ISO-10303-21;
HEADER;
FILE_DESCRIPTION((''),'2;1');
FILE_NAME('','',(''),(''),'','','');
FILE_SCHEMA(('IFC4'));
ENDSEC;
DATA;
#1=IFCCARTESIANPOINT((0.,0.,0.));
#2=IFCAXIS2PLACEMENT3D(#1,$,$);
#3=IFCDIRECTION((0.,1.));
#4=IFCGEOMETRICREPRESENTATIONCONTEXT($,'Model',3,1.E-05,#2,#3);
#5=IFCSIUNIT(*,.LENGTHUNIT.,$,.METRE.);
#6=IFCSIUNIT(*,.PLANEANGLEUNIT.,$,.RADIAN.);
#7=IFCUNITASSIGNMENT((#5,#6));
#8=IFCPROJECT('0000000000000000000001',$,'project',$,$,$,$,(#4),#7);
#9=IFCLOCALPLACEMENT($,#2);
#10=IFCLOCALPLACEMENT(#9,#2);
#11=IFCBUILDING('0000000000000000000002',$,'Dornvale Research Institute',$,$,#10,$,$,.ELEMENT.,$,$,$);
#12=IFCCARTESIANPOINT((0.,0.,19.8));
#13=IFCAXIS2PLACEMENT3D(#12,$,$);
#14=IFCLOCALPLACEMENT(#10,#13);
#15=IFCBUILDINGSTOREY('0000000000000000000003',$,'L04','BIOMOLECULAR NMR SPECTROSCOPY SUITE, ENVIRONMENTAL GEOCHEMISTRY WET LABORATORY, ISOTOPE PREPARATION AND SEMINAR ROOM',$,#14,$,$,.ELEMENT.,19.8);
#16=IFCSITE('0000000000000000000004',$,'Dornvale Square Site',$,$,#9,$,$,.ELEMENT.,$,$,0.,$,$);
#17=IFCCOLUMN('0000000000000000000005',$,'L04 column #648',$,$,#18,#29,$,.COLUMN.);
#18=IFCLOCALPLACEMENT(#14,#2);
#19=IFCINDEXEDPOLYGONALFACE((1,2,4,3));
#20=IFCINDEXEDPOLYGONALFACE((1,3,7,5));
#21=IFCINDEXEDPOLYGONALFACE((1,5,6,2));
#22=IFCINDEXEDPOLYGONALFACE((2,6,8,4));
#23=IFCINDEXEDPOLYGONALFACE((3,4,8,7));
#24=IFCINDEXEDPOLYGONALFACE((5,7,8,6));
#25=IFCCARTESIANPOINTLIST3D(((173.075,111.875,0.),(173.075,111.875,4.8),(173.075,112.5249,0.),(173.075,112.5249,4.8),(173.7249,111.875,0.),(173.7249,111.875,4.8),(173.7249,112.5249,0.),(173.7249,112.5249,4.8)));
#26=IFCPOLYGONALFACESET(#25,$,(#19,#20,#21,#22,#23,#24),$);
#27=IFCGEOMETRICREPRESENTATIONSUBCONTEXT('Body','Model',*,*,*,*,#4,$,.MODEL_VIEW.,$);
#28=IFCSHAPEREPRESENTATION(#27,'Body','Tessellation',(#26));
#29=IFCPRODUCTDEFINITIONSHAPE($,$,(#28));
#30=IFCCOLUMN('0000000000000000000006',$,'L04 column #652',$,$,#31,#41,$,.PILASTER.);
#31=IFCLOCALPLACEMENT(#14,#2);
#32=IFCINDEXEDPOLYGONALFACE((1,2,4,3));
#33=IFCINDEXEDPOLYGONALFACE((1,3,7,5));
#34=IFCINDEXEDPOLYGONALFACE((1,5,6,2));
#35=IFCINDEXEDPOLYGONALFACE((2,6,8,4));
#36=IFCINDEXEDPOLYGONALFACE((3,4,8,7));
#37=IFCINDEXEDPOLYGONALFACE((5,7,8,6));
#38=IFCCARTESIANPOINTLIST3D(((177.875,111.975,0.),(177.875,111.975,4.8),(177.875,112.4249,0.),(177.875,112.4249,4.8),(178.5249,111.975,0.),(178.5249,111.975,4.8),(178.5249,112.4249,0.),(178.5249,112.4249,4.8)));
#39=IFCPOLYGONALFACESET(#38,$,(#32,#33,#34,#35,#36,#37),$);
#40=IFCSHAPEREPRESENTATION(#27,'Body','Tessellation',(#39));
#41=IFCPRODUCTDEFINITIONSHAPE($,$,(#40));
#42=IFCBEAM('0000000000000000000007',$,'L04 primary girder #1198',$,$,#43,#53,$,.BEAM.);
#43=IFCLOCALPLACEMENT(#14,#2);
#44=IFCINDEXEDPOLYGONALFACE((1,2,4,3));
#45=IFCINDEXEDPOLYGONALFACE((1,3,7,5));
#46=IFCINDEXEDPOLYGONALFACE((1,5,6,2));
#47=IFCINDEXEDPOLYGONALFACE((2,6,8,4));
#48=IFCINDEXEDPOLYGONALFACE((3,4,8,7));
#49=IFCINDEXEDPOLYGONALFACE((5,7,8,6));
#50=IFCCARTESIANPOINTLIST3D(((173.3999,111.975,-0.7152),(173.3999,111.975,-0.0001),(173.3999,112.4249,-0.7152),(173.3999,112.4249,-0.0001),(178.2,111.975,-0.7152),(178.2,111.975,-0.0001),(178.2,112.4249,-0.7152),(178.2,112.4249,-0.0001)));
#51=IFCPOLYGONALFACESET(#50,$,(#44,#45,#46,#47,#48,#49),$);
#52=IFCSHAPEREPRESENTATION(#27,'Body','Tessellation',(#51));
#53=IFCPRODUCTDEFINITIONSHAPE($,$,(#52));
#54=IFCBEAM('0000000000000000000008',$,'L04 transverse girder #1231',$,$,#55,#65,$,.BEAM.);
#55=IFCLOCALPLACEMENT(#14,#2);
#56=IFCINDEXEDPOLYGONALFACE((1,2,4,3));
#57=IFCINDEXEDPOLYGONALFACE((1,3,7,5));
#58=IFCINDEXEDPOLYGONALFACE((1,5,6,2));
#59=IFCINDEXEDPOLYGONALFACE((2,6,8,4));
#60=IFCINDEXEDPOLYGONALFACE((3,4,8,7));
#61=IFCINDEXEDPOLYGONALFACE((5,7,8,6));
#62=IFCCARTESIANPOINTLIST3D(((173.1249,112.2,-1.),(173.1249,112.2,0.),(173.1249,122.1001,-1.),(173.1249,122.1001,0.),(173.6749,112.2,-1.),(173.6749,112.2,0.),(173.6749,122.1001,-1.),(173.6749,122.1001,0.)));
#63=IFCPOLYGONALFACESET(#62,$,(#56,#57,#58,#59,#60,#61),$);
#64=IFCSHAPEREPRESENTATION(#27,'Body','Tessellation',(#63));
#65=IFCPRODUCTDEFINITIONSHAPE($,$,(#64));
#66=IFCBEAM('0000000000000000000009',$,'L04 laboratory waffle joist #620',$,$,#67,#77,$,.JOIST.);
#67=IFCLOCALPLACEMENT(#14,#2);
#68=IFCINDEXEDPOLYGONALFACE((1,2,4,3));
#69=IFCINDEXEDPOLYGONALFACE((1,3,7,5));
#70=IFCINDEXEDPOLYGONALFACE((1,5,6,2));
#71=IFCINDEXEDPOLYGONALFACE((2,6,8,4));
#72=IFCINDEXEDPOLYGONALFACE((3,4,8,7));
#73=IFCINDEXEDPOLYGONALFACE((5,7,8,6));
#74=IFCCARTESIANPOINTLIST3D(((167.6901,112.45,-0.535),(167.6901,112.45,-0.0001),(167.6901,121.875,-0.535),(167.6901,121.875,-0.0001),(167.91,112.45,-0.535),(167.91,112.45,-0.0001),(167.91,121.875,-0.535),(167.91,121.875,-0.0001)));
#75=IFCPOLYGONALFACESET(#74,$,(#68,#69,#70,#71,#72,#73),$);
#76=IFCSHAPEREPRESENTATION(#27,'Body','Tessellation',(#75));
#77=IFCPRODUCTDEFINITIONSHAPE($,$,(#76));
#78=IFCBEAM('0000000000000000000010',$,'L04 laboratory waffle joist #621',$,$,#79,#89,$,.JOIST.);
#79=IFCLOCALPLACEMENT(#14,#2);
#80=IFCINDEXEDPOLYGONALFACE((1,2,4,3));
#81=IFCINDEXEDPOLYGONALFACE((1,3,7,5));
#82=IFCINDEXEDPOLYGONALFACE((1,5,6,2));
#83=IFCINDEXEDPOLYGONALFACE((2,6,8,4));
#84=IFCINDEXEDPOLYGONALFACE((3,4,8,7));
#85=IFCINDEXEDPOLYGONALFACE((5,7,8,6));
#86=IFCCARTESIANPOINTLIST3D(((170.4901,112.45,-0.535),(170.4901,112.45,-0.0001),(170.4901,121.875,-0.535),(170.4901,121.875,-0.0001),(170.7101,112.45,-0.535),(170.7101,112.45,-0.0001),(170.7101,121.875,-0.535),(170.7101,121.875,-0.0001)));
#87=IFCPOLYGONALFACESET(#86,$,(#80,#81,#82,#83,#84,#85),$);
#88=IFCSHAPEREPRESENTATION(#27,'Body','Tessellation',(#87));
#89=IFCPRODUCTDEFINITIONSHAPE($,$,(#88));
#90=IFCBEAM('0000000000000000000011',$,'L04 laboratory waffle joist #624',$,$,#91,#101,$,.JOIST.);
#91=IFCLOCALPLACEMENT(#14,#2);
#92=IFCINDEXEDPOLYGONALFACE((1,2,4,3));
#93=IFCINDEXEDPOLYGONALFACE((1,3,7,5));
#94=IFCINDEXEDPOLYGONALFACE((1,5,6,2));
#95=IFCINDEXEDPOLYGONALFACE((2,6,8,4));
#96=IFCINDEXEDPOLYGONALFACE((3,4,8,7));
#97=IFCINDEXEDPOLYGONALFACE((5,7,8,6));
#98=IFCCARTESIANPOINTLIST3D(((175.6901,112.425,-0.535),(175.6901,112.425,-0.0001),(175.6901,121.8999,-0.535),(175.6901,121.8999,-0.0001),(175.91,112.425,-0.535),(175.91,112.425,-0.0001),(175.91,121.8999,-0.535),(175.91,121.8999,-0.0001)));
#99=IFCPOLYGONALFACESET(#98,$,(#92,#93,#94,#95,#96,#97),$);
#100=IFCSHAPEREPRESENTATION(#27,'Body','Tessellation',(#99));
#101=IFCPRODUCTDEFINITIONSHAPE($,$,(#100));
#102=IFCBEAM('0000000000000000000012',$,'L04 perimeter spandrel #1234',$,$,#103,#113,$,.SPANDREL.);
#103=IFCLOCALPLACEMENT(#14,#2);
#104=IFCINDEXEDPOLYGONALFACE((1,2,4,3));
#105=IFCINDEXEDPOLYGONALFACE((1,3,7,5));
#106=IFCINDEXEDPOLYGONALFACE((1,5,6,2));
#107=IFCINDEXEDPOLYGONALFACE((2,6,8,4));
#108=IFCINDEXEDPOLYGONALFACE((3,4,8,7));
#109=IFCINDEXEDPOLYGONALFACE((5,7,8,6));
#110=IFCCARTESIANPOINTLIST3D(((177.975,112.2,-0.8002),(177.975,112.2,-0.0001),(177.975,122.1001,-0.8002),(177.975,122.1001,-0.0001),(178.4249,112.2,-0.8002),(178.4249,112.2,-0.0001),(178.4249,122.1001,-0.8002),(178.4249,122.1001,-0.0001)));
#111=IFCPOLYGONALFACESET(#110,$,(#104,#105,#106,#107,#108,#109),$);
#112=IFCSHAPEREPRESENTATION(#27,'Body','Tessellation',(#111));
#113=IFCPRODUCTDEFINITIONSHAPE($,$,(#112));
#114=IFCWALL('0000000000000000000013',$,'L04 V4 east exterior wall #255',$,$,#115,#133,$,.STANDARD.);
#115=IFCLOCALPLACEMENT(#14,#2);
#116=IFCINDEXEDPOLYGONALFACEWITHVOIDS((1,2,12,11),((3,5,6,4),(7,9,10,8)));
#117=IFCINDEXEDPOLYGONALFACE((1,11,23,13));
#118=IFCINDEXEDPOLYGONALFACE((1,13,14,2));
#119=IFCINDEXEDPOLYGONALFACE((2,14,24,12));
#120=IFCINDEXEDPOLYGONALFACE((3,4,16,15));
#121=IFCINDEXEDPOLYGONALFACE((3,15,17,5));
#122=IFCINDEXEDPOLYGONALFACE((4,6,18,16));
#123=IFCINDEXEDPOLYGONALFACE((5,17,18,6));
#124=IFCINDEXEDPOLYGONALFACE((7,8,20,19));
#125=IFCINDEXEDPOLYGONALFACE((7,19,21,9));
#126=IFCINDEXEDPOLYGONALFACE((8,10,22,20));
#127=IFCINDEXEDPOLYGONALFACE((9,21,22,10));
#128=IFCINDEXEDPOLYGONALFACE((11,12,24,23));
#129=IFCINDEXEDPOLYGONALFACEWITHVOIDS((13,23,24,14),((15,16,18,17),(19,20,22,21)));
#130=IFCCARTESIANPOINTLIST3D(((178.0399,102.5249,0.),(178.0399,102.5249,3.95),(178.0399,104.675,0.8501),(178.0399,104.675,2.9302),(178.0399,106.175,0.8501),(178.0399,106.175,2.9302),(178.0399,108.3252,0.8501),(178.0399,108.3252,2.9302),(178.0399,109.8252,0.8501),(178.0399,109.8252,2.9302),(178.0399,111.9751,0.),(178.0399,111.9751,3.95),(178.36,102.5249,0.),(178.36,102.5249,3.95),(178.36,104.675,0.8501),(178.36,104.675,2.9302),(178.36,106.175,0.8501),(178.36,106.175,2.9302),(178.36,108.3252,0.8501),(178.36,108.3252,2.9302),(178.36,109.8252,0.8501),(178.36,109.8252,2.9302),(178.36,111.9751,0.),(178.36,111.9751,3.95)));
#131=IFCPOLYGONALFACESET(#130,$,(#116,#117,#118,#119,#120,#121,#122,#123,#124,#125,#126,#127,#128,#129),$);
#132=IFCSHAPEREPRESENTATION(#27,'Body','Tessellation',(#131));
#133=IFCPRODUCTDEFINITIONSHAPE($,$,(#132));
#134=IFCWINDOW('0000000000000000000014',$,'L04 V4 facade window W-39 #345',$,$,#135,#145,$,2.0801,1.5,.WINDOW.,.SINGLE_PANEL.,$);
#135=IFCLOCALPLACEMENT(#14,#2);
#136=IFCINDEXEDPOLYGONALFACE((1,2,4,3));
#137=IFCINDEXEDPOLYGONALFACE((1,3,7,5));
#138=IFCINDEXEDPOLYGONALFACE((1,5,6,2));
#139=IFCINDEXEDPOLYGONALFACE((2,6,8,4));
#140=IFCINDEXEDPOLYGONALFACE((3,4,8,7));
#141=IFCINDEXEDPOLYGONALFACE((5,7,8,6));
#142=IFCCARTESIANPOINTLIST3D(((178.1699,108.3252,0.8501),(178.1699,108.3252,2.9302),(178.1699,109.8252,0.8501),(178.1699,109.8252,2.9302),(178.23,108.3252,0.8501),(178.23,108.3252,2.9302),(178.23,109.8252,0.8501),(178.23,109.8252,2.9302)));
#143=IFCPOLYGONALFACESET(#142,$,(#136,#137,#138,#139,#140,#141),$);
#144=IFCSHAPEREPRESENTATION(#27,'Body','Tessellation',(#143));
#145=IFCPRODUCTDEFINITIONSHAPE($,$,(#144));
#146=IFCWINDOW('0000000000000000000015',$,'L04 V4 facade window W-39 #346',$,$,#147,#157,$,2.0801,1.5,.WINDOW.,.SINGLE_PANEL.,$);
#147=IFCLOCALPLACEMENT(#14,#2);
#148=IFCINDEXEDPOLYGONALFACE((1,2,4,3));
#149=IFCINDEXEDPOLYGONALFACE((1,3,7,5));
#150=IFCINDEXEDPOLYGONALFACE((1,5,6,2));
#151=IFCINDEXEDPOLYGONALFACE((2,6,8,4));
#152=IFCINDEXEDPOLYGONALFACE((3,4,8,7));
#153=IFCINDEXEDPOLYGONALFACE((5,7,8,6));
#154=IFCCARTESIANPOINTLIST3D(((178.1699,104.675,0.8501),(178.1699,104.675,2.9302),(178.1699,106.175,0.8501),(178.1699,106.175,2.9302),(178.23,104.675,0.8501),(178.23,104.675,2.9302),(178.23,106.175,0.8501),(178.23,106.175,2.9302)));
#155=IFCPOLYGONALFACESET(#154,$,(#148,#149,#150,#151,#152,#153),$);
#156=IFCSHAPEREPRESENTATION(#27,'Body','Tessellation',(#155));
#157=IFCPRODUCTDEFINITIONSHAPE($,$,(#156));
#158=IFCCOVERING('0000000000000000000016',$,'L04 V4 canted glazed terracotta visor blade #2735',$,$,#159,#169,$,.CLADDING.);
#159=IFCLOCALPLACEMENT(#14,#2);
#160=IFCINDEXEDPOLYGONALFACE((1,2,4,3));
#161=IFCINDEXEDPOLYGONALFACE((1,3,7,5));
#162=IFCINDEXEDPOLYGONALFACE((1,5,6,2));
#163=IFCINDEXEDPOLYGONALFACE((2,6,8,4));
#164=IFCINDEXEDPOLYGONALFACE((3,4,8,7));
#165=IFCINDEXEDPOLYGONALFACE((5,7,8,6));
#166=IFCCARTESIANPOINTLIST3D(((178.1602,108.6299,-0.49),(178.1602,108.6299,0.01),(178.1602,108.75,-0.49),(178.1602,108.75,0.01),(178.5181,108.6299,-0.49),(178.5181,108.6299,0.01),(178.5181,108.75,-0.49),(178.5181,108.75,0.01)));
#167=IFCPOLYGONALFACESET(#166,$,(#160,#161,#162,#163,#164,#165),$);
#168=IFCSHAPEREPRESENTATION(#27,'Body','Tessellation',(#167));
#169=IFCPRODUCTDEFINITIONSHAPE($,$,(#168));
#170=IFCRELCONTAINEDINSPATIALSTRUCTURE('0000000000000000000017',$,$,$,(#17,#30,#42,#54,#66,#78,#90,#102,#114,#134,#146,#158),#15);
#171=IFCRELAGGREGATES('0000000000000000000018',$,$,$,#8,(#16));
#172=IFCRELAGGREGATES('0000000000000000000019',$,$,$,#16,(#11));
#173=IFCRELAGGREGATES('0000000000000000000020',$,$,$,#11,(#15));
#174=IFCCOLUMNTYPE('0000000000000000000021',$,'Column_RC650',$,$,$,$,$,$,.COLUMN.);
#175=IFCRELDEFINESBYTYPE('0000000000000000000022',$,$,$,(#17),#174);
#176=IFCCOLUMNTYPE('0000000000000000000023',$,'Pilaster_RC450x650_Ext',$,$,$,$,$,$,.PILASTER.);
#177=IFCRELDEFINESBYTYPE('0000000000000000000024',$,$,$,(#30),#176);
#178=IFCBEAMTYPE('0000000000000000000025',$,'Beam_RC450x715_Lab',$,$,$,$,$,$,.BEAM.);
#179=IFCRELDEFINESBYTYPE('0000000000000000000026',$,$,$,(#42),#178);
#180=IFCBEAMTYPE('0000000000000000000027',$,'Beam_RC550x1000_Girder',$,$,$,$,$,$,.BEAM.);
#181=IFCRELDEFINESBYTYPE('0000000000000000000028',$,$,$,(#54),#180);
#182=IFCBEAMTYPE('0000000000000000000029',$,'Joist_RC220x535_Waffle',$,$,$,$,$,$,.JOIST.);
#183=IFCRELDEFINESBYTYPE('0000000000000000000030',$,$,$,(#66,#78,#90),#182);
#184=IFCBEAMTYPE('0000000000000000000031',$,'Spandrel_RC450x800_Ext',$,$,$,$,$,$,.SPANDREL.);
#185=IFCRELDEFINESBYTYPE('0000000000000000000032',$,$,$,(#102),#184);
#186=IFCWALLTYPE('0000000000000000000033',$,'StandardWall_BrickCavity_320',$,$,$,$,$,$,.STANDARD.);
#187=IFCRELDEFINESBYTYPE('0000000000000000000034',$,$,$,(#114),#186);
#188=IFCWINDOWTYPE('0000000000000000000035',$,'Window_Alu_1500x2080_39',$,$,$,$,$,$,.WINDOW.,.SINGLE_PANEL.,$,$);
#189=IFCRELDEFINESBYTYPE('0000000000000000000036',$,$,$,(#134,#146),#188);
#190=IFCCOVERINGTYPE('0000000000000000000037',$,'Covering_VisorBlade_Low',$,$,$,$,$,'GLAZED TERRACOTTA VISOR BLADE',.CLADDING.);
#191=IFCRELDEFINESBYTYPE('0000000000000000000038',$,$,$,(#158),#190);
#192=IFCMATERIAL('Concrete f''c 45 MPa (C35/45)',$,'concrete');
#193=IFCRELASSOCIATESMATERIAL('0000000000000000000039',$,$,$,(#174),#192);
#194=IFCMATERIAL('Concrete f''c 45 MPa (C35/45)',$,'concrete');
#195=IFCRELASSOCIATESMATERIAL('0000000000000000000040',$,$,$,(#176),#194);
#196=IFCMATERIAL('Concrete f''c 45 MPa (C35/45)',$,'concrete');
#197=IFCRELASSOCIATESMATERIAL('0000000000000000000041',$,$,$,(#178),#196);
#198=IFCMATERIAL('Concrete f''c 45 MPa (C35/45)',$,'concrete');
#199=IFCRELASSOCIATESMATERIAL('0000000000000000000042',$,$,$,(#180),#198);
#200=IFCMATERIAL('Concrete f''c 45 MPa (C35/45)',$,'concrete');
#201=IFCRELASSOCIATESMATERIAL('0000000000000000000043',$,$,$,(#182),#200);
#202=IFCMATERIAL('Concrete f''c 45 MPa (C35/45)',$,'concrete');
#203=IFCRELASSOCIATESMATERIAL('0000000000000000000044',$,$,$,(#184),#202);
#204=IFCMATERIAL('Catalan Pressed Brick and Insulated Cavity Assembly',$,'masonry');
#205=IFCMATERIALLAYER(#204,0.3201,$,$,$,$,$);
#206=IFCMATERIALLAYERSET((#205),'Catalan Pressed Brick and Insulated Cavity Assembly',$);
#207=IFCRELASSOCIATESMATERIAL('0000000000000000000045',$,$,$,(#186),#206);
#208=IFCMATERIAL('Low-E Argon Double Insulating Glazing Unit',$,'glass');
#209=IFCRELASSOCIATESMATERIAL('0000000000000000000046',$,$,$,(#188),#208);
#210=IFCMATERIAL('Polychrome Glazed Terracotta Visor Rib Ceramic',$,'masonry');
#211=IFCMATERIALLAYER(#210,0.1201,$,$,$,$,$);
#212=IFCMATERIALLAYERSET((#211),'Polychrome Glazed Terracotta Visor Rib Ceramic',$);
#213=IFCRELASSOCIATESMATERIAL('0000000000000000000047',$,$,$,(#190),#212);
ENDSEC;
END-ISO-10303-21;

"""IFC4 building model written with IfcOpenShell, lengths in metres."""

from ifc_helpers import new_model, si_unit, direction, frame, frame_2d, origin, origin_2d, place, context, subcontext, project, spatial, rectangle, extrude, material, layer, layer_set, material_profile, profile_set, type_object, element, fill, save


model = new_model("IFC4")

# Units and contexts
model_context = context("Model", 3, precision=1e-05, world=origin(), true_north=direction((0.0, 1.0)))
body_context = subcontext(model_context, "Body", "Model", "MODEL_VIEW")
ifc_project = project(units=[si_unit("LENGTHUNIT", "METRE"), si_unit("PLANEANGLEUNIT", "RADIAN")], contexts=[model_context])

# Site, building, storey
site_placement = place(None, origin())
site = spatial("IfcSite", under=ifc_project, at=site_placement, Name="Dornvale Square Site", CompositionType="ELEMENT", RefElevation=0.0)
building_placement = place(site_placement, origin())
building = spatial("IfcBuilding", under=site, at=building_placement, Name="Dornvale Research Institute", CompositionType="ELEMENT")
storey_placement = place(building_placement, frame((0.0, 0.0, 19.8)))
storey = spatial("IfcBuildingStorey", under=building, at=storey_placement, Name="L04", Description="BIOMOLECULAR NMR SPECTROSCOPY SUITE, ENVIRONMENTAL GEOCHEMISTRY WET LABORATORY, ISOTOPE PREPARATION AND SEMINAR ROOM", CompositionType="ELEMENT", Elevation=19.8)

# Columns
ifc_material_1 = material(Name="Concrete f'c 45 MPa (C35/45)", Category="concrete")
ifc_material_profile_1 = material_profile(ifc_material_1, rectangle(XDim=0.6499, YDim=0.6499, at=origin_2d()), Name="RC 650x650")
ifc_profile_set_1 = profile_set([ifc_material_profile_1], Name="Concrete f'c 45 MPa (C35/45)")
column_type_1 = type_object("IfcColumnType", Name="Column_RC650", PredefinedType="COLUMN", material=ifc_profile_set_1)
column_1_placement = place(storey_placement, frame((173.3999, 112.2, 0.0), z_axis=(0.0, 0.0, 1.0), x_axis=(1.0, 0.0, 0.0)))
element("IfcColumn", 1, at=column_1_placement, inside=storey, type_object=column_type_1, Name="L04 column #648", PredefinedType="COLUMN", context=body_context, shape_type="SweptSolid", body=[
    extrude(rectangle(XDim=0.6499, YDim=0.6499, at=origin_2d()), origin(), (0.0, 0.0, 1.0), 4.8),
])
ifc_material_2 = material(Name="Concrete f'c 45 MPa (C35/45)", Category="concrete")
ifc_material_profile_2 = material_profile(ifc_material_2, rectangle(XDim=0.45, YDim=0.6499, at=origin_2d()), Name="RC 450x650")
ifc_profile_set_2 = profile_set([ifc_material_profile_2], Name="Concrete f'c 45 MPa (C35/45)")
column_type_2 = type_object("IfcColumnType", Name="Pilaster_RC450x650_Ext", PredefinedType="PILASTER", material=ifc_profile_set_2)
column_2_placement = place(storey_placement, frame((178.2, 112.2, 0.0), z_axis=(0.0, 0.0, 1.0), x_axis=(0.0, 1.0, 0.0)))
element("IfcColumn", 2, at=column_2_placement, inside=storey, type_object=column_type_2, Name="L04 column #652", PredefinedType="PILASTER", context=body_context, shape_type="SweptSolid", body=[
    extrude(rectangle(XDim=0.45, YDim=0.6499, at=origin_2d()), origin(), (0.0, 0.0, 1.0), 4.8),
])

# Beams
ifc_material_3 = material(Name="Concrete f'c 45 MPa (C35/45)", Category="concrete")
ifc_material_profile_3 = material_profile(ifc_material_3, rectangle(XDim=0.45, YDim=0.7151, at=origin_2d()), Name="RC 450x715")
ifc_profile_set_3 = profile_set([ifc_material_profile_3], Name="Concrete f'c 45 MPa (C35/45)")
beam_type_1 = type_object("IfcBeamType", Name="Beam_RC450x715_Lab", PredefinedType="BEAM", material=ifc_profile_set_3)
beam_1_placement = place(storey_placement, frame((173.3999, 112.2, -0.3577), z_axis=(1.0, 0.0, 0.0), x_axis=(0.0, 1.0, 0.0)))
element("IfcBeam", 3, at=beam_1_placement, inside=storey, type_object=beam_type_1, Name="L04 primary girder #1198", PredefinedType="BEAM", context=body_context, shape_type="SweptSolid", body=[
    extrude(rectangle(XDim=0.45, YDim=0.7151, at=origin_2d()), origin(), (0.0, 0.0, 1.0), 4.8),
])
ifc_material_4 = material(Name="Concrete f'c 45 MPa (C35/45)", Category="concrete")
ifc_material_profile_4 = material_profile(ifc_material_4, rectangle(XDim=0.55, YDim=1.0, at=origin_2d()), Name="RC 550x1000")
ifc_profile_set_4 = profile_set([ifc_material_profile_4], Name="Concrete f'c 45 MPa (C35/45)")
beam_type_2 = type_object("IfcBeamType", Name="Beam_RC550x1000_Girder", PredefinedType="BEAM", material=ifc_profile_set_4)
beam_2_placement = place(storey_placement, frame((173.3999, 112.2, -0.5), z_axis=(0.0, 1.0, 0.0), x_axis=(-1.0, 0.0, 0.0)))
element("IfcBeam", 4, at=beam_2_placement, inside=storey, type_object=beam_type_2, Name="L04 transverse girder #1231", PredefinedType="BEAM", context=body_context, shape_type="SweptSolid", body=[
    extrude(rectangle(XDim=0.55, YDim=1.0, at=origin_2d()), origin(), (0.0, 0.0, 1.0), 9.9001),
])
ifc_material_5 = material(Name="Concrete f'c 45 MPa (C35/45)", Category="concrete")
ifc_material_profile_5 = material_profile(ifc_material_5, rectangle(XDim=0.22, YDim=0.5349, at=origin_2d()), Name="RC 220x535")
ifc_profile_set_5 = profile_set([ifc_material_profile_5], Name="Concrete f'c 45 MPa (C35/45)")
beam_type_3 = type_object("IfcBeamType", Name="Joist_RC220x535_Waffle", PredefinedType="JOIST", material=ifc_profile_set_5)
for number, where, z_axis, x_axis, name in (
    (5, (167.8, 112.45, -0.2676), (0.0, 1.0, 0.0), (-1.0, 0.0, 0.0), "L04 laboratory waffle joist #620"),
    (6, (170.6001, 112.45, -0.2676), (0.0, 1.0, 0.0), (-1.0, 0.0, 0.0), "L04 laboratory waffle joist #621"),
):
    element("IfcBeam", number, at=place(storey_placement, frame(where, z_axis=z_axis, x_axis=x_axis)), inside=storey, type_object=beam_type_3, Name=name, PredefinedType="JOIST", context=body_context, shape_type="SweptSolid", body=[
        extrude(rectangle(XDim=0.22, YDim=0.5349, at=origin_2d()), origin(), (0.0, 0.0, 1.0), 9.425),
    ])
beam_3_placement = place(storey_placement, frame((175.8, 112.425, -0.2676), z_axis=(0.0, 1.0, 0.0), x_axis=(-1.0, 0.0, 0.0)))
element("IfcBeam", 7, at=beam_3_placement, inside=storey, type_object=beam_type_3, Name="L04 laboratory waffle joist #624", PredefinedType="JOIST", context=body_context, shape_type="SweptSolid", body=[
    extrude(rectangle(XDim=0.22, YDim=0.5349, at=origin_2d()), origin(), (0.0, 0.0, 1.0), 9.4749),
])
ifc_material_6 = material(Name="Concrete f'c 45 MPa (C35/45)", Category="concrete")
ifc_material_profile_6 = material_profile(ifc_material_6, rectangle(XDim=0.45, YDim=0.8, at=origin_2d()), Name="RC 450x800")
ifc_profile_set_6 = profile_set([ifc_material_profile_6], Name="Concrete f'c 45 MPa (C35/45)")
beam_type_4 = type_object("IfcBeamType", Name="Spandrel_RC450x800_Ext", PredefinedType="SPANDREL", material=ifc_profile_set_6)
beam_4_placement = place(storey_placement, frame((178.2, 112.2, -0.4001), z_axis=(0.0, 1.0, 0.0), x_axis=(-1.0, 0.0, 0.0)))
element("IfcBeam", 8, at=beam_4_placement, inside=storey, type_object=beam_type_4, Name="L04 perimeter spandrel #1234", PredefinedType="SPANDREL", context=body_context, shape_type="SweptSolid", body=[
    extrude(rectangle(XDim=0.45, YDim=0.8, at=origin_2d()), origin(), (0.0, 0.0, 1.0), 9.9001),
])

# Wall, openings, windows
ifc_material_7 = material(Name="Catalan Pressed Brick and Insulated Cavity Assembly", Category="masonry")
ifc_layer_1 = layer(ifc_material_7, 0.3201)
ifc_layer_set_1 = layer_set([ifc_layer_1], Name="Catalan Pressed Brick and Insulated Cavity Assembly")
wall_type = type_object("IfcWallType", Name="StandardWall_BrickCavity_320", PredefinedType="STANDARD", material=ifc_layer_set_1)
wall_placement = place(storey_placement, frame((178.2, 111.9751, 0.0), z_axis=(0.0, 0.0, 1.0), x_axis=(0.0, -1.0, 0.0)))
wall = element("IfcWall", 9, at=wall_placement, inside=storey, type_object=wall_type, Name="L04 V4 east exterior wall #255", PredefinedType="STANDARD", context=body_context, shape_type="SweptSolid", body=[
    extrude(rectangle(XDim=9.4502, YDim=0.3201, at=frame_2d((4.7251, 0.0))), origin(), (0.0, 0.0, 1.0), 3.95),
])
opening_1_placement = place(wall_placement, frame((2.1499, 0.0, 0.8501)))
opening_1 = element("IfcOpeningElement", 10, at=opening_1_placement, cuts=wall, PredefinedType="OPENING", context=body_context, shape_type="SweptSolid", body=[
    extrude(rectangle(XDim=1.5, YDim=2.0801, at=frame_2d((0.75, 1.04))), frame((0.0, 0.175, 0.0), z_axis=(0.0, -1.0, 0.0), x_axis=(1.0, 0.0, 0.0)), (0.0, 0.0, 1.0), 0.3501),
])
opening_2_placement = place(wall_placement, frame((5.8, 0.0, 0.8501)))
opening_2 = element("IfcOpeningElement", 11, at=opening_2_placement, cuts=wall, PredefinedType="OPENING", context=body_context, shape_type="SweptSolid", body=[
    extrude(rectangle(XDim=1.5, YDim=2.0801, at=frame_2d((0.75, 1.04))), frame((0.0, 0.175, 0.0), z_axis=(0.0, -1.0, 0.0), x_axis=(1.0, 0.0, 0.0)), (0.0, 0.0, 1.0), 0.3501),
])
ifc_material_8 = material(Name="Low-E Argon Double Insulating Glazing Unit", Category="glass")
window_type = type_object("IfcWindowType", Name="Window_Alu_1500x2080_39", PartitioningType="SINGLE_PANEL", PredefinedType="WINDOW", material=ifc_material_8)
window_1_placement = place(opening_1_placement, origin())
window_1 = element("IfcWindow", 12, at=window_1_placement, inside=storey, type_object=window_type, Name="L04 V4 facade window W-39 #345", OverallHeight=2.0801, OverallWidth=1.5, PartitioningType="SINGLE_PANEL", PredefinedType="WINDOW", context=body_context, shape_type="SweptSolid", body=[
    extrude(rectangle(XDim=1.5, YDim=2.0801, at=frame_2d((0.75, 1.04))), frame((0.0, 0.03, 0.0), z_axis=(0.0, -1.0, 0.0), x_axis=(1.0, 0.0, 0.0)), (0.0, 0.0, 1.0), 0.0601),
])
fill(opening_1, window_1)
window_2_placement = place(opening_2_placement, origin())
window_2 = element("IfcWindow", 13, at=window_2_placement, inside=storey, type_object=window_type, Name="L04 V4 facade window W-39 #346", OverallHeight=2.0801, OverallWidth=1.5, PartitioningType="SINGLE_PANEL", PredefinedType="WINDOW", context=body_context, shape_type="SweptSolid", body=[
    extrude(rectangle(XDim=1.5, YDim=2.0801, at=frame_2d((0.75, 1.04))), frame((0.0, 0.03, 0.0), z_axis=(0.0, -1.0, 0.0), x_axis=(1.0, 0.0, 0.0)), (0.0, 0.0, 1.0), 0.0601),
])
fill(opening_2, window_2)

# Covering
ifc_material_9 = material(Name="Polychrome Glazed Terracotta Visor Rib Ceramic", Category="masonry")
ifc_layer_2 = layer(ifc_material_9, 0.1201)
ifc_layer_set_2 = layer_set([ifc_layer_2], Name="Polychrome Glazed Terracotta Visor Rib Ceramic")
covering_type = type_object("IfcCoveringType", Name="Covering_VisorBlade_Low", ElementType="GLAZED TERRACOTTA VISOR BLADE", PredefinedType="CLADDING", material=ifc_layer_set_2)
covering_1_placement = place(storey_placement, frame((178.3391, 108.6899, -0.49), z_axis=(0.0, 0.0, 1.0), x_axis=(1.0, 0.0, 0.0)))
element("IfcCovering", 14, at=covering_1_placement, inside=storey, type_object=covering_type, Name="L04 V4 canted glazed terracotta visor blade #2735", PredefinedType="CLADDING", context=body_context, shape_type="SweptSolid", body=[
    extrude(rectangle(XDim=0.3579, YDim=0.1201, at=origin_2d()), origin(), (0.0, 0.0, 1.0), 0.5),
])

save(model, "model.ifc")
